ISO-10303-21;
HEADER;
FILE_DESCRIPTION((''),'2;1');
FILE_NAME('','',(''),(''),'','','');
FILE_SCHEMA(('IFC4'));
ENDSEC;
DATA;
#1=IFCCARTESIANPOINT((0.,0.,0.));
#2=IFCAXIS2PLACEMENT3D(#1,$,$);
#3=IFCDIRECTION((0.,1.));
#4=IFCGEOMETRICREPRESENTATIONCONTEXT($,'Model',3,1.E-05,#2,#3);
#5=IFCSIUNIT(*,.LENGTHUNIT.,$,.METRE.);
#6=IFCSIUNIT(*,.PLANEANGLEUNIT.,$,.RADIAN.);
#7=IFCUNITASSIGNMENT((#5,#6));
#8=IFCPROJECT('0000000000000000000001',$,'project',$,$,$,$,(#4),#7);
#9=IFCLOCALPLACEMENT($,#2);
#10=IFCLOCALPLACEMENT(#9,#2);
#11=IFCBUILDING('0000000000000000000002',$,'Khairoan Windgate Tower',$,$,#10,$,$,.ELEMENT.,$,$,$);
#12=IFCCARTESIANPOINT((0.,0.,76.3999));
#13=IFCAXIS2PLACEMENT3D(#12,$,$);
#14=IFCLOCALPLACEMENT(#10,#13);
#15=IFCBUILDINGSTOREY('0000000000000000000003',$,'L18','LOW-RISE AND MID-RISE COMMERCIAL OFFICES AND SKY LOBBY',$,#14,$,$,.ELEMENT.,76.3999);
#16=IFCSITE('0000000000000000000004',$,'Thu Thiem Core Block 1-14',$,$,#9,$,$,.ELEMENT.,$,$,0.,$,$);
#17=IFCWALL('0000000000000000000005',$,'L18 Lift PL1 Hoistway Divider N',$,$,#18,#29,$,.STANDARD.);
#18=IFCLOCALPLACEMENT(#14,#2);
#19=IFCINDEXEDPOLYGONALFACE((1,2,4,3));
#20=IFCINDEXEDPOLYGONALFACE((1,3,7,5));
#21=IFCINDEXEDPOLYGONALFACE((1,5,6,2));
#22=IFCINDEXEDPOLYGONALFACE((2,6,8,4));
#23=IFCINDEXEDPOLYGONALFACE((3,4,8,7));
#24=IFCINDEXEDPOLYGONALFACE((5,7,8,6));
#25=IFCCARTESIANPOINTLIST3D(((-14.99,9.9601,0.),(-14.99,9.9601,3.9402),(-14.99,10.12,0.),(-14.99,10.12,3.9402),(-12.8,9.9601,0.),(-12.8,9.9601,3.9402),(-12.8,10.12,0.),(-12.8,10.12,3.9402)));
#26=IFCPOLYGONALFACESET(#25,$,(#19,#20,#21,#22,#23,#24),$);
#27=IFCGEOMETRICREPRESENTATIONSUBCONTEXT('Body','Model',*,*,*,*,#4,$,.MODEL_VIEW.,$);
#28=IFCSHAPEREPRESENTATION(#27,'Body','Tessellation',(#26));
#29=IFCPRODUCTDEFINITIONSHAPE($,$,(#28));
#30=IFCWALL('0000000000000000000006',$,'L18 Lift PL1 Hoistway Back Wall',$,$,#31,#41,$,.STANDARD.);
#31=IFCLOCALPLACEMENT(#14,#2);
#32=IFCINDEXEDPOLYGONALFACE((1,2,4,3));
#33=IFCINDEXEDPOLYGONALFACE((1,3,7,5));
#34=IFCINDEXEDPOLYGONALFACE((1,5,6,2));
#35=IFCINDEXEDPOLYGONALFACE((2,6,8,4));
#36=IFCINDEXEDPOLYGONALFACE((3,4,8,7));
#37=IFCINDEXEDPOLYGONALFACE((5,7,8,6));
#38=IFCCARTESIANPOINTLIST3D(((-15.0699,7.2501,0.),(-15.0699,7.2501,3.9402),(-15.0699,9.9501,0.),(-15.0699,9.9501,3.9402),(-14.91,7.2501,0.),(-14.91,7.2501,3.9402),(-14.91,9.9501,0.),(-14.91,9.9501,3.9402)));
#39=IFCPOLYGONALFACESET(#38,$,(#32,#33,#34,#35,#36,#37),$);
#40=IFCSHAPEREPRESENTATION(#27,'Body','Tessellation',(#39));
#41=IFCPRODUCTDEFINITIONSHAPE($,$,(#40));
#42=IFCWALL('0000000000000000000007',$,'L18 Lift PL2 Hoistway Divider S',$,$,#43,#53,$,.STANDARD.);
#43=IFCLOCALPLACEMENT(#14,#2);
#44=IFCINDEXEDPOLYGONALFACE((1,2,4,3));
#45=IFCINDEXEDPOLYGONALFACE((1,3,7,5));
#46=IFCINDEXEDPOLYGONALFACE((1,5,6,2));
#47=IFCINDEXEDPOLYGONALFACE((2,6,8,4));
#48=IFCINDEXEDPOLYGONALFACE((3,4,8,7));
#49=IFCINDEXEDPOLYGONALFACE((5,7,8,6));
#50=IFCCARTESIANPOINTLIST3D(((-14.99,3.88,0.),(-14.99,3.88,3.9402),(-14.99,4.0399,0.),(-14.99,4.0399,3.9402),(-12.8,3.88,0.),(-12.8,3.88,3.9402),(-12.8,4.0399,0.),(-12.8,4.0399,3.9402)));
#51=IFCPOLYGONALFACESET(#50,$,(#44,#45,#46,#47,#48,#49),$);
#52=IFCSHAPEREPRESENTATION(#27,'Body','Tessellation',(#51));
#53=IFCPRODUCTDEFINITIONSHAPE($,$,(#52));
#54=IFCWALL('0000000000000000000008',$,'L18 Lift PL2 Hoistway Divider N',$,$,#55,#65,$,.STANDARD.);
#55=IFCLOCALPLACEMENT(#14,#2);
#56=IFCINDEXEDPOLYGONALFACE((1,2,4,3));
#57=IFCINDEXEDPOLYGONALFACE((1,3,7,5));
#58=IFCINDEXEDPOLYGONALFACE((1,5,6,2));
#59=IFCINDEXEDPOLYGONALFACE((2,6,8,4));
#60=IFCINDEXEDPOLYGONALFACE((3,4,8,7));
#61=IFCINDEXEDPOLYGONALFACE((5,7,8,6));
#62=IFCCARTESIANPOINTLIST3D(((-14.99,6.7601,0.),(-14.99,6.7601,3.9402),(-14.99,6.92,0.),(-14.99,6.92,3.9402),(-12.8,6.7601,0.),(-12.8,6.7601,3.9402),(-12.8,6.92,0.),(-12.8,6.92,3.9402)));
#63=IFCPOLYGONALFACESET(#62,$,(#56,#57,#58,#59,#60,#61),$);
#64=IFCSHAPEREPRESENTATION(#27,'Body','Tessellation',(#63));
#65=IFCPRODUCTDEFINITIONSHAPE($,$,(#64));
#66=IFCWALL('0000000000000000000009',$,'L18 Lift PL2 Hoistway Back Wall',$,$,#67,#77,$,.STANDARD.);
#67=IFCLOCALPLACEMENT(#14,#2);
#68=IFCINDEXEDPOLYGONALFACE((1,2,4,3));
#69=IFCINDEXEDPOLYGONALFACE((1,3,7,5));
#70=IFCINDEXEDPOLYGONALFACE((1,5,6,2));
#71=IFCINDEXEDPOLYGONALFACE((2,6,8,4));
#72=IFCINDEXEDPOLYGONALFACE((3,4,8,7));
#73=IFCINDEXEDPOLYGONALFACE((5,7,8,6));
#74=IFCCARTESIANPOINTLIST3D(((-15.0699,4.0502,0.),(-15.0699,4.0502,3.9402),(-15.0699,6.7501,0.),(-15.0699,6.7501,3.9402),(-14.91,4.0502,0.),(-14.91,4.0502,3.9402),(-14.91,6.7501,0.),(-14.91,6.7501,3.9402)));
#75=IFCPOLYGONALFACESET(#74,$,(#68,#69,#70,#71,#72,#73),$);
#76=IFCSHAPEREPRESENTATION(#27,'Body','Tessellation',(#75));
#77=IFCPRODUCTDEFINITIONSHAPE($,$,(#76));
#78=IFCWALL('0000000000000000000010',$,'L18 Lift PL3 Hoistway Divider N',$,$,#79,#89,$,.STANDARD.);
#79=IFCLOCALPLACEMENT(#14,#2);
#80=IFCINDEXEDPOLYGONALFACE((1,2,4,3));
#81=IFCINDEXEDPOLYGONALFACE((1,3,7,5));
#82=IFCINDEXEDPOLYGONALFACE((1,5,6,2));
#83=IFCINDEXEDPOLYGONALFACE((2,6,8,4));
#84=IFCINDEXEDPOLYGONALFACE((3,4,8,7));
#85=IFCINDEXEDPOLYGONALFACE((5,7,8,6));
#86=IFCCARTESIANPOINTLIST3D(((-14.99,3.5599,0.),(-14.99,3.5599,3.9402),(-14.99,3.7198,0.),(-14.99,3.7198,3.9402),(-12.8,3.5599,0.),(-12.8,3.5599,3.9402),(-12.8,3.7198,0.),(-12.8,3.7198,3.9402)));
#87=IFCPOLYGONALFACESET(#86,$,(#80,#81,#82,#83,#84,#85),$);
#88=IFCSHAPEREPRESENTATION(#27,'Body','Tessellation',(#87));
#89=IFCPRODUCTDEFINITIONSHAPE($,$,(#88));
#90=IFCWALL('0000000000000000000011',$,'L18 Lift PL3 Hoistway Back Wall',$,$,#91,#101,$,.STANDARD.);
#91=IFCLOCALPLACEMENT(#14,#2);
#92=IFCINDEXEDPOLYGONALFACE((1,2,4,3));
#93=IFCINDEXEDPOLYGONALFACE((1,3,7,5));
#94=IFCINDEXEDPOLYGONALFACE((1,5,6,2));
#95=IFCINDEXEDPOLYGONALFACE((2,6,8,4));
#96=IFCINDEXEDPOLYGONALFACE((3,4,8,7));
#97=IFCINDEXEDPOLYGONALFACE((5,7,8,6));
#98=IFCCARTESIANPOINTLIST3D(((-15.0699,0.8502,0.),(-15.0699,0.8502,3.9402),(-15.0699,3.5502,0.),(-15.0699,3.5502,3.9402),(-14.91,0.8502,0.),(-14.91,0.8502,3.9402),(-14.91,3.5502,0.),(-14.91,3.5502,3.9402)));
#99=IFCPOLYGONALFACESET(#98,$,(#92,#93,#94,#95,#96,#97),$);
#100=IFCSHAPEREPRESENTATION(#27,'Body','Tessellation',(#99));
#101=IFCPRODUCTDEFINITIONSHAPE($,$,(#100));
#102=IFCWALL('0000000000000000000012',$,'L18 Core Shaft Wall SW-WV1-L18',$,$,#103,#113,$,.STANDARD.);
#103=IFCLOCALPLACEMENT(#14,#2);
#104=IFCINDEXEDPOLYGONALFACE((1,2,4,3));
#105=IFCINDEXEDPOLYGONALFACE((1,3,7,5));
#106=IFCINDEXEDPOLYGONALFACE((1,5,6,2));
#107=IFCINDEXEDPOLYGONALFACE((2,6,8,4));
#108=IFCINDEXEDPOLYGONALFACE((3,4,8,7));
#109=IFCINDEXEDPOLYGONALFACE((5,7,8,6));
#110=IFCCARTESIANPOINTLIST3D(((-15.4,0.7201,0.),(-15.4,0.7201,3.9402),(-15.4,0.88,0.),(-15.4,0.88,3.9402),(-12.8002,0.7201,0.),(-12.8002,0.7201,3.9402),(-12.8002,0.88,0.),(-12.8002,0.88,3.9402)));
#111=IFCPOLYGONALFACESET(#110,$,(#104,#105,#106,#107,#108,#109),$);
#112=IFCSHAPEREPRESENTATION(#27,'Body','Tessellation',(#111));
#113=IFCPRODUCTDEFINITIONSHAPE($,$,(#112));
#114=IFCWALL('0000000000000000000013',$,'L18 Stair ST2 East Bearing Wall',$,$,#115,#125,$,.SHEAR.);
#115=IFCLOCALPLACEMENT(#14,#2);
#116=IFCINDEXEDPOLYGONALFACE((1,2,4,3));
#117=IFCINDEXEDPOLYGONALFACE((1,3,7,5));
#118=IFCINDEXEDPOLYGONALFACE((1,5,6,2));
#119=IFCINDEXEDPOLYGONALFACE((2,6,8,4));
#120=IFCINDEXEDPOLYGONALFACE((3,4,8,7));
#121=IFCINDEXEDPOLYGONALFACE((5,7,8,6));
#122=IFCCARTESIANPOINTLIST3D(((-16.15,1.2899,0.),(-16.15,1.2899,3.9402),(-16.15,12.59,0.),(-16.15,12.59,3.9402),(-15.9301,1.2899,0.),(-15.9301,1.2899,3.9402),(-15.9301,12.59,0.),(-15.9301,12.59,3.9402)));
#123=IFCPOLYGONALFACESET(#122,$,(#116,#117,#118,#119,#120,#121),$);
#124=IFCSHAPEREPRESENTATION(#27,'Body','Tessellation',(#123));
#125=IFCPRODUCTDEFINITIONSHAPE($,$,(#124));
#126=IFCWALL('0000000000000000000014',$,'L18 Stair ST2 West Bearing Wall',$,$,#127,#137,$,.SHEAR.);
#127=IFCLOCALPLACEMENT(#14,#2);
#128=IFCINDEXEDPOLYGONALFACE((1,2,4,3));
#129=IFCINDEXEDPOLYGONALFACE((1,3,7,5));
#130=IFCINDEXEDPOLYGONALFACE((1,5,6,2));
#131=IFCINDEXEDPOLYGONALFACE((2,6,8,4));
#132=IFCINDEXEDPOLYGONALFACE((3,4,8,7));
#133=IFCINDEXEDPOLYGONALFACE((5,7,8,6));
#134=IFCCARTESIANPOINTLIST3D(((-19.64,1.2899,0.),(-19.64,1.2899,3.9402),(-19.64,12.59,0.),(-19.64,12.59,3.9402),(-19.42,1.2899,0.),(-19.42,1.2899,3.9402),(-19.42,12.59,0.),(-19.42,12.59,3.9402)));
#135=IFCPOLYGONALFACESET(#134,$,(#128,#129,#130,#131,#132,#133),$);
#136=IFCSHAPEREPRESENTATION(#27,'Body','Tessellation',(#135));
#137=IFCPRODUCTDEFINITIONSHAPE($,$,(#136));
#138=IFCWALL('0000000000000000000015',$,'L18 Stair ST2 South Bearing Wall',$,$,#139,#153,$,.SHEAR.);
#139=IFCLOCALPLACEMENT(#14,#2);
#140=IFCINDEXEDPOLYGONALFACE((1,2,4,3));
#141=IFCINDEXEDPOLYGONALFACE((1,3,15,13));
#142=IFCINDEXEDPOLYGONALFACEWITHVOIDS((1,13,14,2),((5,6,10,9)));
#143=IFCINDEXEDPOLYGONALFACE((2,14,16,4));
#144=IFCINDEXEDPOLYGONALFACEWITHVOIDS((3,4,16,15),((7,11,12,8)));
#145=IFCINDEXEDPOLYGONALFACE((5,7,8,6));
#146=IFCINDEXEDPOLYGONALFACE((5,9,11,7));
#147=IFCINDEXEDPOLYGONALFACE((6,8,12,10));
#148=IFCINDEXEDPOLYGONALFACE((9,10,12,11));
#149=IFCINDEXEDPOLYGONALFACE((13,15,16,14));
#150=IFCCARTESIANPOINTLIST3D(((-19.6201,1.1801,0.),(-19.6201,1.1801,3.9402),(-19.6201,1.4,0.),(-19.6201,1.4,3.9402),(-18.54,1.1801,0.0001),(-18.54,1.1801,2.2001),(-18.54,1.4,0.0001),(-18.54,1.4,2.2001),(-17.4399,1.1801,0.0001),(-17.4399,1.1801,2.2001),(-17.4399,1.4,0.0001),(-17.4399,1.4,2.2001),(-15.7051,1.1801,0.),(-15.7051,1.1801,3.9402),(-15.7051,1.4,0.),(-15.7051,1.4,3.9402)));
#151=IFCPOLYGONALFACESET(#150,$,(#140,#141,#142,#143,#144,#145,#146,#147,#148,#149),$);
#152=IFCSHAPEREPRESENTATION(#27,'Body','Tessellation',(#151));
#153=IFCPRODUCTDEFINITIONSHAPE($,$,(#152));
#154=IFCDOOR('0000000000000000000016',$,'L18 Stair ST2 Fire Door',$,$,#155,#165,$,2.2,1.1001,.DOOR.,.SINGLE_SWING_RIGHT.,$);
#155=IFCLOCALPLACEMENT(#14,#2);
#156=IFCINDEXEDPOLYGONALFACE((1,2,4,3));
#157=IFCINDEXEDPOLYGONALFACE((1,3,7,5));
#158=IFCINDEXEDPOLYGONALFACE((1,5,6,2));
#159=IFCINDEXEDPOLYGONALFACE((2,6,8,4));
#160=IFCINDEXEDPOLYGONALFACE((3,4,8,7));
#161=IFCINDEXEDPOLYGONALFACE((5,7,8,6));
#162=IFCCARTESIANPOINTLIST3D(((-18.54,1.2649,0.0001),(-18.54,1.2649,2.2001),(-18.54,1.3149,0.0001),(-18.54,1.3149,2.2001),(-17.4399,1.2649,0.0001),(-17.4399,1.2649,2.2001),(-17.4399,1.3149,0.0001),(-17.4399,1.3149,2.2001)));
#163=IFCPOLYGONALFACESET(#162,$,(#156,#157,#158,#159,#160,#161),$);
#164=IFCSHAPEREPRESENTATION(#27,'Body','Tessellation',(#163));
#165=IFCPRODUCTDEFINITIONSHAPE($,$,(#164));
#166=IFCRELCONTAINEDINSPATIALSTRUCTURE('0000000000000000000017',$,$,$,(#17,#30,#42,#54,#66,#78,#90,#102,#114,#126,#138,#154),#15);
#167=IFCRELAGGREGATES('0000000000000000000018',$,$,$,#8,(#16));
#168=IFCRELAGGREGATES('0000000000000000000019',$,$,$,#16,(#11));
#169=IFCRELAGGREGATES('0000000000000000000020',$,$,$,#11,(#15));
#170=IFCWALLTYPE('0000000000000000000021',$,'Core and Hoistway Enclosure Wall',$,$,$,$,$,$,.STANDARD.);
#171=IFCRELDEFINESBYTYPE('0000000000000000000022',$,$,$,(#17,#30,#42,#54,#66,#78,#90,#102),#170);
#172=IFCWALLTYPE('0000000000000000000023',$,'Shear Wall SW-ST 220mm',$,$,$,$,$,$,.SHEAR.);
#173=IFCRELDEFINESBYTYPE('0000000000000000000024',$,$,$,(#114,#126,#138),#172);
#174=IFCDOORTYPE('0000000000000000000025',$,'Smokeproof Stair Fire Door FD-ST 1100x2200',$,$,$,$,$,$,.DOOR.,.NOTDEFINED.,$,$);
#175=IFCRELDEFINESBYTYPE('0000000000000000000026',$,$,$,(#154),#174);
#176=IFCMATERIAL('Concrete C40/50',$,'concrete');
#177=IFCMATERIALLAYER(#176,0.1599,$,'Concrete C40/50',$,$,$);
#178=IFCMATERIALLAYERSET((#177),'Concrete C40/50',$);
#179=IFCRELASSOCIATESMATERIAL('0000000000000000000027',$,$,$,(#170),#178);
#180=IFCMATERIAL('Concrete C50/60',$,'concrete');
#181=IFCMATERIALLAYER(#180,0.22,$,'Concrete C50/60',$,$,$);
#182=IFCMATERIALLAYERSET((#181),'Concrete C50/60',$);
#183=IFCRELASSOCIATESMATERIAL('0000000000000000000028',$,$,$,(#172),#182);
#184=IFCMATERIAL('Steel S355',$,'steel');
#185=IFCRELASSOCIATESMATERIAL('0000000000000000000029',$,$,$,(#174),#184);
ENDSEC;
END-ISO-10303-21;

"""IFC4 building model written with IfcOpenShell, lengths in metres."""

from ifc_helpers import new_model, si_unit, direction, frame, frame_2d, origin, place, context, subcontext, project, spatial, rectangle, extrude, material, layer, layer_set, type_object, element, fill, save


model = new_model("IFC4")

# Units and contexts
model_context = context("Model", 3, precision=1e-05, world=origin(), true_north=direction((0.0, 1.0)))
body_context = subcontext(model_context, "Body", "Model", "MODEL_VIEW")
ifc_project = project(units=[si_unit("LENGTHUNIT", "METRE"), si_unit("PLANEANGLEUNIT", "RADIAN")], contexts=[model_context])

# Site, building, storey
site_placement = place(None, origin())
site = spatial("IfcSite", under=ifc_project, at=site_placement, Name="Thu Thiem Core Block 1-14", CompositionType="ELEMENT", RefElevation=0.0)
building_placement = place(site_placement, origin())
building = spatial("IfcBuilding", under=site, at=building_placement, Name="Khairoan Windgate Tower", CompositionType="ELEMENT")
storey_placement = place(building_placement, frame((0.0, 0.0, 76.3999)))
storey = spatial("IfcBuildingStorey", under=building, at=storey_placement, Name="L18", Description="LOW-RISE AND MID-RISE COMMERCIAL OFFICES AND SKY LOBBY", CompositionType="ELEMENT", Elevation=76.3999)

# Walls
ifc_material_1 = material(Name="Concrete C40/50", Category="concrete")
ifc_layer_1 = layer(ifc_material_1, 0.1599, Name="Concrete C40/50")
ifc_layer_set_1 = layer_set([ifc_layer_1], Name="Concrete C40/50")
wall_type_1 = type_object("IfcWallType", Name="Core and Hoistway Enclosure Wall", PredefinedType="STANDARD", material=ifc_layer_set_1)
for number, where, z_axis, x_axis, name in (
    (1, (-14.99, 10.04, 0.0), (0.0, 0.0, 1.0), (1.0, 0.0, 0.0), "L18 Lift PL1 Hoistway Divider N"),
):
    element("IfcWall", number, at=place(storey_placement, frame(where, z_axis=z_axis, x_axis=x_axis)), inside=storey, type_object=wall_type_1, Name=name, PredefinedType="STANDARD", context=body_context, shape_type="SweptSolid", body=[
        extrude(rectangle(XDim=2.1899, YDim=0.1599, at=frame_2d((1.095, 0.0))), origin(), (0.0, 0.0, 1.0), 3.9402),
    ])
wall_1_placement = place(storey_placement, frame((-14.99, 7.25, 0.0), z_axis=(0.0, 0.0, 1.0), x_axis=(0.0, 1.0, 0.0)))
element("IfcWall", 2, at=wall_1_placement, inside=storey, type_object=wall_type_1, Name="L18 Lift PL1 Hoistway Back Wall", PredefinedType="STANDARD", context=body_context, shape_type="SweptSolid", body=[
    extrude(rectangle(XDim=2.7, YDim=0.1599, at=frame_2d((1.3501, 0.0))), origin(), (0.0, 0.0, 1.0), 3.9402),
])
for number, where, z_axis, x_axis, name in (
    (3, (-14.99, 3.96, 0.0), (0.0, 0.0, 1.0), (1.0, 0.0, 0.0), "L18 Lift PL2 Hoistway Divider S"),
    (4, (-14.99, 6.8401, 0.0), (0.0, 0.0, 1.0), (1.0, 0.0, 0.0), "L18 Lift PL2 Hoistway Divider N"),
):
    element("IfcWall", number, at=place(storey_placement, frame(where, z_axis=z_axis, x_axis=x_axis)), inside=storey, type_object=wall_type_1, Name=name, PredefinedType="STANDARD", context=body_context, shape_type="SweptSolid", body=[
        extrude(rectangle(XDim=2.1899, YDim=0.1599, at=frame_2d((1.095, 0.0))), origin(), (0.0, 0.0, 1.0), 3.9402),
    ])
wall_2_placement = place(storey_placement, frame((-14.99, 4.05, 0.0), z_axis=(0.0, 0.0, 1.0), x_axis=(0.0, 1.0, 0.0)))
element("IfcWall", 5, at=wall_2_placement, inside=storey, type_object=wall_type_1, Name="L18 Lift PL2 Hoistway Back Wall", PredefinedType="STANDARD", context=body_context, shape_type="SweptSolid", body=[
    extrude(rectangle(XDim=2.7, YDim=0.1599, at=frame_2d((1.3501, 0.0))), origin(), (0.0, 0.0, 1.0), 3.9402),
])
wall_3_placement = place(storey_placement, frame((-14.99, 3.6399, 0.0), z_axis=(0.0, 0.0, 1.0), x_axis=(1.0, 0.0, 0.0)))
element("IfcWall", 6, at=wall_3_placement, inside=storey, type_object=wall_type_1, Name="L18 Lift PL3 Hoistway Divider N", PredefinedType="STANDARD", context=body_context, shape_type="SweptSolid", body=[
    extrude(rectangle(XDim=2.1899, YDim=0.1599, at=frame_2d((1.095, 0.0))), origin(), (0.0, 0.0, 1.0), 3.9402),
])
wall_4_placement = place(storey_placement, frame((-14.99, 0.8501, 0.0), z_axis=(0.0, 0.0, 1.0), x_axis=(0.0, 1.0, 0.0)))
element("IfcWall", 7, at=wall_4_placement, inside=storey, type_object=wall_type_1, Name="L18 Lift PL3 Hoistway Back Wall", PredefinedType="STANDARD", context=body_context, shape_type="SweptSolid", body=[
    extrude(rectangle(XDim=2.7, YDim=0.1599, at=frame_2d((1.3501, 0.0))), origin(), (0.0, 0.0, 1.0), 3.9402),
])
wall_5_placement = place(storey_placement, frame((-15.3999, 0.8, 0.0), z_axis=(0.0, 0.0, 1.0), x_axis=(1.0, 0.0, 0.0)))
element("IfcWall", 8, at=wall_5_placement, inside=storey, type_object=wall_type_1, Name="L18 Core Shaft Wall SW-WV1-L18", PredefinedType="STANDARD", context=body_context, shape_type="SweptSolid", body=[
    extrude(rectangle(XDim=2.5999, YDim=0.1599, at=frame_2d((1.2998, 0.0))), origin(), (0.0, 0.0, 1.0), 3.9402),
])
ifc_material_2 = material(Name="Concrete C50/60", Category="concrete")
ifc_layer_2 = layer(ifc_material_2, 0.22, Name="Concrete C50/60")
ifc_layer_set_2 = layer_set([ifc_layer_2], Name="Concrete C50/60")
wall_type_2 = type_object("IfcWallType", Name="Shear Wall SW-ST 220mm", PredefinedType="SHEAR", material=ifc_layer_set_2)
for number, where, z_axis, x_axis, name in (
    (9, (-16.04, 1.29, 0.0), (0.0, 0.0, 1.0), (0.0, 1.0, 0.0), "L18 Stair ST2 East Bearing Wall"),
    (10, (-19.53, 1.29, 0.0), (0.0, 0.0, 1.0), (0.0, 1.0, 0.0), "L18 Stair ST2 West Bearing Wall"),
):
    element("IfcWall", number, at=place(storey_placement, frame(where, z_axis=z_axis, x_axis=x_axis)), inside=storey, type_object=wall_type_2, Name=name, PredefinedType="SHEAR", context=body_context, shape_type="SweptSolid", body=[
        extrude(rectangle(XDim=11.3, YDim=0.22, at=frame_2d((5.6499, 0.0))), origin(), (0.0, 0.0, 1.0), 3.9402),
    ])

# Wall, opening, door
wall_6_placement = place(storey_placement, frame((-19.6201, 1.29, 0.0), z_axis=(0.0, 0.0, 1.0), x_axis=(1.0, 0.0, 0.0)))
wall_6 = element("IfcWall", 11, at=wall_6_placement, inside=storey, type_object=wall_type_2, Name="L18 Stair ST2 South Bearing Wall", PredefinedType="SHEAR", context=body_context, shape_type="SweptSolid", body=[
    extrude(rectangle(XDim=3.915, YDim=0.22, at=frame_2d((1.9575, 0.0))), origin(), (0.0, 0.0, 1.0), 3.9402),
])
opening_placement = place(wall_6_placement, frame((1.0801, 0.0, 0.0)))
opening = element("IfcOpeningElement", 12, at=opening_placement, cuts=wall_6, PredefinedType="OPENING", context=body_context, shape_type="SweptSolid", body=[
    extrude(rectangle(XDim=1.1001, YDim=2.2, at=frame_2d((0.55, 1.1001))), frame((0.0, 0.1199, 0.0), z_axis=(0.0, -1.0, 0.0), x_axis=(1.0, 0.0, 0.0)), (0.0, 0.0, 1.0), 0.24),
])
ifc_material_3 = material(Name="Steel S355", Category="steel")
door_type = type_object("IfcDoorType", Name="Smokeproof Stair Fire Door FD-ST 1100x2200", OperationType="NOTDEFINED", PredefinedType="DOOR", material=ifc_material_3)
door_placement = place(opening_placement, origin())
door = element("IfcDoor", 13, at=door_placement, inside=storey, type_object=door_type, Name="L18 Stair ST2 Fire Door", OperationType="SINGLE_SWING_RIGHT", OverallHeight=2.2, OverallWidth=1.1001, PredefinedType="DOOR", context=body_context, shape_type="SweptSolid", body=[
    extrude(rectangle(XDim=1.1001, YDim=2.2, at=frame_2d((0.55, 1.1001))), frame((0.0, 0.0249, 0.0), z_axis=(0.0, -1.0, 0.0), x_axis=(1.0, 0.0, 0.0)), (0.0, 0.0, 1.0), 0.05),
])
fill(opening, door)

save(model, "model.ifc")
